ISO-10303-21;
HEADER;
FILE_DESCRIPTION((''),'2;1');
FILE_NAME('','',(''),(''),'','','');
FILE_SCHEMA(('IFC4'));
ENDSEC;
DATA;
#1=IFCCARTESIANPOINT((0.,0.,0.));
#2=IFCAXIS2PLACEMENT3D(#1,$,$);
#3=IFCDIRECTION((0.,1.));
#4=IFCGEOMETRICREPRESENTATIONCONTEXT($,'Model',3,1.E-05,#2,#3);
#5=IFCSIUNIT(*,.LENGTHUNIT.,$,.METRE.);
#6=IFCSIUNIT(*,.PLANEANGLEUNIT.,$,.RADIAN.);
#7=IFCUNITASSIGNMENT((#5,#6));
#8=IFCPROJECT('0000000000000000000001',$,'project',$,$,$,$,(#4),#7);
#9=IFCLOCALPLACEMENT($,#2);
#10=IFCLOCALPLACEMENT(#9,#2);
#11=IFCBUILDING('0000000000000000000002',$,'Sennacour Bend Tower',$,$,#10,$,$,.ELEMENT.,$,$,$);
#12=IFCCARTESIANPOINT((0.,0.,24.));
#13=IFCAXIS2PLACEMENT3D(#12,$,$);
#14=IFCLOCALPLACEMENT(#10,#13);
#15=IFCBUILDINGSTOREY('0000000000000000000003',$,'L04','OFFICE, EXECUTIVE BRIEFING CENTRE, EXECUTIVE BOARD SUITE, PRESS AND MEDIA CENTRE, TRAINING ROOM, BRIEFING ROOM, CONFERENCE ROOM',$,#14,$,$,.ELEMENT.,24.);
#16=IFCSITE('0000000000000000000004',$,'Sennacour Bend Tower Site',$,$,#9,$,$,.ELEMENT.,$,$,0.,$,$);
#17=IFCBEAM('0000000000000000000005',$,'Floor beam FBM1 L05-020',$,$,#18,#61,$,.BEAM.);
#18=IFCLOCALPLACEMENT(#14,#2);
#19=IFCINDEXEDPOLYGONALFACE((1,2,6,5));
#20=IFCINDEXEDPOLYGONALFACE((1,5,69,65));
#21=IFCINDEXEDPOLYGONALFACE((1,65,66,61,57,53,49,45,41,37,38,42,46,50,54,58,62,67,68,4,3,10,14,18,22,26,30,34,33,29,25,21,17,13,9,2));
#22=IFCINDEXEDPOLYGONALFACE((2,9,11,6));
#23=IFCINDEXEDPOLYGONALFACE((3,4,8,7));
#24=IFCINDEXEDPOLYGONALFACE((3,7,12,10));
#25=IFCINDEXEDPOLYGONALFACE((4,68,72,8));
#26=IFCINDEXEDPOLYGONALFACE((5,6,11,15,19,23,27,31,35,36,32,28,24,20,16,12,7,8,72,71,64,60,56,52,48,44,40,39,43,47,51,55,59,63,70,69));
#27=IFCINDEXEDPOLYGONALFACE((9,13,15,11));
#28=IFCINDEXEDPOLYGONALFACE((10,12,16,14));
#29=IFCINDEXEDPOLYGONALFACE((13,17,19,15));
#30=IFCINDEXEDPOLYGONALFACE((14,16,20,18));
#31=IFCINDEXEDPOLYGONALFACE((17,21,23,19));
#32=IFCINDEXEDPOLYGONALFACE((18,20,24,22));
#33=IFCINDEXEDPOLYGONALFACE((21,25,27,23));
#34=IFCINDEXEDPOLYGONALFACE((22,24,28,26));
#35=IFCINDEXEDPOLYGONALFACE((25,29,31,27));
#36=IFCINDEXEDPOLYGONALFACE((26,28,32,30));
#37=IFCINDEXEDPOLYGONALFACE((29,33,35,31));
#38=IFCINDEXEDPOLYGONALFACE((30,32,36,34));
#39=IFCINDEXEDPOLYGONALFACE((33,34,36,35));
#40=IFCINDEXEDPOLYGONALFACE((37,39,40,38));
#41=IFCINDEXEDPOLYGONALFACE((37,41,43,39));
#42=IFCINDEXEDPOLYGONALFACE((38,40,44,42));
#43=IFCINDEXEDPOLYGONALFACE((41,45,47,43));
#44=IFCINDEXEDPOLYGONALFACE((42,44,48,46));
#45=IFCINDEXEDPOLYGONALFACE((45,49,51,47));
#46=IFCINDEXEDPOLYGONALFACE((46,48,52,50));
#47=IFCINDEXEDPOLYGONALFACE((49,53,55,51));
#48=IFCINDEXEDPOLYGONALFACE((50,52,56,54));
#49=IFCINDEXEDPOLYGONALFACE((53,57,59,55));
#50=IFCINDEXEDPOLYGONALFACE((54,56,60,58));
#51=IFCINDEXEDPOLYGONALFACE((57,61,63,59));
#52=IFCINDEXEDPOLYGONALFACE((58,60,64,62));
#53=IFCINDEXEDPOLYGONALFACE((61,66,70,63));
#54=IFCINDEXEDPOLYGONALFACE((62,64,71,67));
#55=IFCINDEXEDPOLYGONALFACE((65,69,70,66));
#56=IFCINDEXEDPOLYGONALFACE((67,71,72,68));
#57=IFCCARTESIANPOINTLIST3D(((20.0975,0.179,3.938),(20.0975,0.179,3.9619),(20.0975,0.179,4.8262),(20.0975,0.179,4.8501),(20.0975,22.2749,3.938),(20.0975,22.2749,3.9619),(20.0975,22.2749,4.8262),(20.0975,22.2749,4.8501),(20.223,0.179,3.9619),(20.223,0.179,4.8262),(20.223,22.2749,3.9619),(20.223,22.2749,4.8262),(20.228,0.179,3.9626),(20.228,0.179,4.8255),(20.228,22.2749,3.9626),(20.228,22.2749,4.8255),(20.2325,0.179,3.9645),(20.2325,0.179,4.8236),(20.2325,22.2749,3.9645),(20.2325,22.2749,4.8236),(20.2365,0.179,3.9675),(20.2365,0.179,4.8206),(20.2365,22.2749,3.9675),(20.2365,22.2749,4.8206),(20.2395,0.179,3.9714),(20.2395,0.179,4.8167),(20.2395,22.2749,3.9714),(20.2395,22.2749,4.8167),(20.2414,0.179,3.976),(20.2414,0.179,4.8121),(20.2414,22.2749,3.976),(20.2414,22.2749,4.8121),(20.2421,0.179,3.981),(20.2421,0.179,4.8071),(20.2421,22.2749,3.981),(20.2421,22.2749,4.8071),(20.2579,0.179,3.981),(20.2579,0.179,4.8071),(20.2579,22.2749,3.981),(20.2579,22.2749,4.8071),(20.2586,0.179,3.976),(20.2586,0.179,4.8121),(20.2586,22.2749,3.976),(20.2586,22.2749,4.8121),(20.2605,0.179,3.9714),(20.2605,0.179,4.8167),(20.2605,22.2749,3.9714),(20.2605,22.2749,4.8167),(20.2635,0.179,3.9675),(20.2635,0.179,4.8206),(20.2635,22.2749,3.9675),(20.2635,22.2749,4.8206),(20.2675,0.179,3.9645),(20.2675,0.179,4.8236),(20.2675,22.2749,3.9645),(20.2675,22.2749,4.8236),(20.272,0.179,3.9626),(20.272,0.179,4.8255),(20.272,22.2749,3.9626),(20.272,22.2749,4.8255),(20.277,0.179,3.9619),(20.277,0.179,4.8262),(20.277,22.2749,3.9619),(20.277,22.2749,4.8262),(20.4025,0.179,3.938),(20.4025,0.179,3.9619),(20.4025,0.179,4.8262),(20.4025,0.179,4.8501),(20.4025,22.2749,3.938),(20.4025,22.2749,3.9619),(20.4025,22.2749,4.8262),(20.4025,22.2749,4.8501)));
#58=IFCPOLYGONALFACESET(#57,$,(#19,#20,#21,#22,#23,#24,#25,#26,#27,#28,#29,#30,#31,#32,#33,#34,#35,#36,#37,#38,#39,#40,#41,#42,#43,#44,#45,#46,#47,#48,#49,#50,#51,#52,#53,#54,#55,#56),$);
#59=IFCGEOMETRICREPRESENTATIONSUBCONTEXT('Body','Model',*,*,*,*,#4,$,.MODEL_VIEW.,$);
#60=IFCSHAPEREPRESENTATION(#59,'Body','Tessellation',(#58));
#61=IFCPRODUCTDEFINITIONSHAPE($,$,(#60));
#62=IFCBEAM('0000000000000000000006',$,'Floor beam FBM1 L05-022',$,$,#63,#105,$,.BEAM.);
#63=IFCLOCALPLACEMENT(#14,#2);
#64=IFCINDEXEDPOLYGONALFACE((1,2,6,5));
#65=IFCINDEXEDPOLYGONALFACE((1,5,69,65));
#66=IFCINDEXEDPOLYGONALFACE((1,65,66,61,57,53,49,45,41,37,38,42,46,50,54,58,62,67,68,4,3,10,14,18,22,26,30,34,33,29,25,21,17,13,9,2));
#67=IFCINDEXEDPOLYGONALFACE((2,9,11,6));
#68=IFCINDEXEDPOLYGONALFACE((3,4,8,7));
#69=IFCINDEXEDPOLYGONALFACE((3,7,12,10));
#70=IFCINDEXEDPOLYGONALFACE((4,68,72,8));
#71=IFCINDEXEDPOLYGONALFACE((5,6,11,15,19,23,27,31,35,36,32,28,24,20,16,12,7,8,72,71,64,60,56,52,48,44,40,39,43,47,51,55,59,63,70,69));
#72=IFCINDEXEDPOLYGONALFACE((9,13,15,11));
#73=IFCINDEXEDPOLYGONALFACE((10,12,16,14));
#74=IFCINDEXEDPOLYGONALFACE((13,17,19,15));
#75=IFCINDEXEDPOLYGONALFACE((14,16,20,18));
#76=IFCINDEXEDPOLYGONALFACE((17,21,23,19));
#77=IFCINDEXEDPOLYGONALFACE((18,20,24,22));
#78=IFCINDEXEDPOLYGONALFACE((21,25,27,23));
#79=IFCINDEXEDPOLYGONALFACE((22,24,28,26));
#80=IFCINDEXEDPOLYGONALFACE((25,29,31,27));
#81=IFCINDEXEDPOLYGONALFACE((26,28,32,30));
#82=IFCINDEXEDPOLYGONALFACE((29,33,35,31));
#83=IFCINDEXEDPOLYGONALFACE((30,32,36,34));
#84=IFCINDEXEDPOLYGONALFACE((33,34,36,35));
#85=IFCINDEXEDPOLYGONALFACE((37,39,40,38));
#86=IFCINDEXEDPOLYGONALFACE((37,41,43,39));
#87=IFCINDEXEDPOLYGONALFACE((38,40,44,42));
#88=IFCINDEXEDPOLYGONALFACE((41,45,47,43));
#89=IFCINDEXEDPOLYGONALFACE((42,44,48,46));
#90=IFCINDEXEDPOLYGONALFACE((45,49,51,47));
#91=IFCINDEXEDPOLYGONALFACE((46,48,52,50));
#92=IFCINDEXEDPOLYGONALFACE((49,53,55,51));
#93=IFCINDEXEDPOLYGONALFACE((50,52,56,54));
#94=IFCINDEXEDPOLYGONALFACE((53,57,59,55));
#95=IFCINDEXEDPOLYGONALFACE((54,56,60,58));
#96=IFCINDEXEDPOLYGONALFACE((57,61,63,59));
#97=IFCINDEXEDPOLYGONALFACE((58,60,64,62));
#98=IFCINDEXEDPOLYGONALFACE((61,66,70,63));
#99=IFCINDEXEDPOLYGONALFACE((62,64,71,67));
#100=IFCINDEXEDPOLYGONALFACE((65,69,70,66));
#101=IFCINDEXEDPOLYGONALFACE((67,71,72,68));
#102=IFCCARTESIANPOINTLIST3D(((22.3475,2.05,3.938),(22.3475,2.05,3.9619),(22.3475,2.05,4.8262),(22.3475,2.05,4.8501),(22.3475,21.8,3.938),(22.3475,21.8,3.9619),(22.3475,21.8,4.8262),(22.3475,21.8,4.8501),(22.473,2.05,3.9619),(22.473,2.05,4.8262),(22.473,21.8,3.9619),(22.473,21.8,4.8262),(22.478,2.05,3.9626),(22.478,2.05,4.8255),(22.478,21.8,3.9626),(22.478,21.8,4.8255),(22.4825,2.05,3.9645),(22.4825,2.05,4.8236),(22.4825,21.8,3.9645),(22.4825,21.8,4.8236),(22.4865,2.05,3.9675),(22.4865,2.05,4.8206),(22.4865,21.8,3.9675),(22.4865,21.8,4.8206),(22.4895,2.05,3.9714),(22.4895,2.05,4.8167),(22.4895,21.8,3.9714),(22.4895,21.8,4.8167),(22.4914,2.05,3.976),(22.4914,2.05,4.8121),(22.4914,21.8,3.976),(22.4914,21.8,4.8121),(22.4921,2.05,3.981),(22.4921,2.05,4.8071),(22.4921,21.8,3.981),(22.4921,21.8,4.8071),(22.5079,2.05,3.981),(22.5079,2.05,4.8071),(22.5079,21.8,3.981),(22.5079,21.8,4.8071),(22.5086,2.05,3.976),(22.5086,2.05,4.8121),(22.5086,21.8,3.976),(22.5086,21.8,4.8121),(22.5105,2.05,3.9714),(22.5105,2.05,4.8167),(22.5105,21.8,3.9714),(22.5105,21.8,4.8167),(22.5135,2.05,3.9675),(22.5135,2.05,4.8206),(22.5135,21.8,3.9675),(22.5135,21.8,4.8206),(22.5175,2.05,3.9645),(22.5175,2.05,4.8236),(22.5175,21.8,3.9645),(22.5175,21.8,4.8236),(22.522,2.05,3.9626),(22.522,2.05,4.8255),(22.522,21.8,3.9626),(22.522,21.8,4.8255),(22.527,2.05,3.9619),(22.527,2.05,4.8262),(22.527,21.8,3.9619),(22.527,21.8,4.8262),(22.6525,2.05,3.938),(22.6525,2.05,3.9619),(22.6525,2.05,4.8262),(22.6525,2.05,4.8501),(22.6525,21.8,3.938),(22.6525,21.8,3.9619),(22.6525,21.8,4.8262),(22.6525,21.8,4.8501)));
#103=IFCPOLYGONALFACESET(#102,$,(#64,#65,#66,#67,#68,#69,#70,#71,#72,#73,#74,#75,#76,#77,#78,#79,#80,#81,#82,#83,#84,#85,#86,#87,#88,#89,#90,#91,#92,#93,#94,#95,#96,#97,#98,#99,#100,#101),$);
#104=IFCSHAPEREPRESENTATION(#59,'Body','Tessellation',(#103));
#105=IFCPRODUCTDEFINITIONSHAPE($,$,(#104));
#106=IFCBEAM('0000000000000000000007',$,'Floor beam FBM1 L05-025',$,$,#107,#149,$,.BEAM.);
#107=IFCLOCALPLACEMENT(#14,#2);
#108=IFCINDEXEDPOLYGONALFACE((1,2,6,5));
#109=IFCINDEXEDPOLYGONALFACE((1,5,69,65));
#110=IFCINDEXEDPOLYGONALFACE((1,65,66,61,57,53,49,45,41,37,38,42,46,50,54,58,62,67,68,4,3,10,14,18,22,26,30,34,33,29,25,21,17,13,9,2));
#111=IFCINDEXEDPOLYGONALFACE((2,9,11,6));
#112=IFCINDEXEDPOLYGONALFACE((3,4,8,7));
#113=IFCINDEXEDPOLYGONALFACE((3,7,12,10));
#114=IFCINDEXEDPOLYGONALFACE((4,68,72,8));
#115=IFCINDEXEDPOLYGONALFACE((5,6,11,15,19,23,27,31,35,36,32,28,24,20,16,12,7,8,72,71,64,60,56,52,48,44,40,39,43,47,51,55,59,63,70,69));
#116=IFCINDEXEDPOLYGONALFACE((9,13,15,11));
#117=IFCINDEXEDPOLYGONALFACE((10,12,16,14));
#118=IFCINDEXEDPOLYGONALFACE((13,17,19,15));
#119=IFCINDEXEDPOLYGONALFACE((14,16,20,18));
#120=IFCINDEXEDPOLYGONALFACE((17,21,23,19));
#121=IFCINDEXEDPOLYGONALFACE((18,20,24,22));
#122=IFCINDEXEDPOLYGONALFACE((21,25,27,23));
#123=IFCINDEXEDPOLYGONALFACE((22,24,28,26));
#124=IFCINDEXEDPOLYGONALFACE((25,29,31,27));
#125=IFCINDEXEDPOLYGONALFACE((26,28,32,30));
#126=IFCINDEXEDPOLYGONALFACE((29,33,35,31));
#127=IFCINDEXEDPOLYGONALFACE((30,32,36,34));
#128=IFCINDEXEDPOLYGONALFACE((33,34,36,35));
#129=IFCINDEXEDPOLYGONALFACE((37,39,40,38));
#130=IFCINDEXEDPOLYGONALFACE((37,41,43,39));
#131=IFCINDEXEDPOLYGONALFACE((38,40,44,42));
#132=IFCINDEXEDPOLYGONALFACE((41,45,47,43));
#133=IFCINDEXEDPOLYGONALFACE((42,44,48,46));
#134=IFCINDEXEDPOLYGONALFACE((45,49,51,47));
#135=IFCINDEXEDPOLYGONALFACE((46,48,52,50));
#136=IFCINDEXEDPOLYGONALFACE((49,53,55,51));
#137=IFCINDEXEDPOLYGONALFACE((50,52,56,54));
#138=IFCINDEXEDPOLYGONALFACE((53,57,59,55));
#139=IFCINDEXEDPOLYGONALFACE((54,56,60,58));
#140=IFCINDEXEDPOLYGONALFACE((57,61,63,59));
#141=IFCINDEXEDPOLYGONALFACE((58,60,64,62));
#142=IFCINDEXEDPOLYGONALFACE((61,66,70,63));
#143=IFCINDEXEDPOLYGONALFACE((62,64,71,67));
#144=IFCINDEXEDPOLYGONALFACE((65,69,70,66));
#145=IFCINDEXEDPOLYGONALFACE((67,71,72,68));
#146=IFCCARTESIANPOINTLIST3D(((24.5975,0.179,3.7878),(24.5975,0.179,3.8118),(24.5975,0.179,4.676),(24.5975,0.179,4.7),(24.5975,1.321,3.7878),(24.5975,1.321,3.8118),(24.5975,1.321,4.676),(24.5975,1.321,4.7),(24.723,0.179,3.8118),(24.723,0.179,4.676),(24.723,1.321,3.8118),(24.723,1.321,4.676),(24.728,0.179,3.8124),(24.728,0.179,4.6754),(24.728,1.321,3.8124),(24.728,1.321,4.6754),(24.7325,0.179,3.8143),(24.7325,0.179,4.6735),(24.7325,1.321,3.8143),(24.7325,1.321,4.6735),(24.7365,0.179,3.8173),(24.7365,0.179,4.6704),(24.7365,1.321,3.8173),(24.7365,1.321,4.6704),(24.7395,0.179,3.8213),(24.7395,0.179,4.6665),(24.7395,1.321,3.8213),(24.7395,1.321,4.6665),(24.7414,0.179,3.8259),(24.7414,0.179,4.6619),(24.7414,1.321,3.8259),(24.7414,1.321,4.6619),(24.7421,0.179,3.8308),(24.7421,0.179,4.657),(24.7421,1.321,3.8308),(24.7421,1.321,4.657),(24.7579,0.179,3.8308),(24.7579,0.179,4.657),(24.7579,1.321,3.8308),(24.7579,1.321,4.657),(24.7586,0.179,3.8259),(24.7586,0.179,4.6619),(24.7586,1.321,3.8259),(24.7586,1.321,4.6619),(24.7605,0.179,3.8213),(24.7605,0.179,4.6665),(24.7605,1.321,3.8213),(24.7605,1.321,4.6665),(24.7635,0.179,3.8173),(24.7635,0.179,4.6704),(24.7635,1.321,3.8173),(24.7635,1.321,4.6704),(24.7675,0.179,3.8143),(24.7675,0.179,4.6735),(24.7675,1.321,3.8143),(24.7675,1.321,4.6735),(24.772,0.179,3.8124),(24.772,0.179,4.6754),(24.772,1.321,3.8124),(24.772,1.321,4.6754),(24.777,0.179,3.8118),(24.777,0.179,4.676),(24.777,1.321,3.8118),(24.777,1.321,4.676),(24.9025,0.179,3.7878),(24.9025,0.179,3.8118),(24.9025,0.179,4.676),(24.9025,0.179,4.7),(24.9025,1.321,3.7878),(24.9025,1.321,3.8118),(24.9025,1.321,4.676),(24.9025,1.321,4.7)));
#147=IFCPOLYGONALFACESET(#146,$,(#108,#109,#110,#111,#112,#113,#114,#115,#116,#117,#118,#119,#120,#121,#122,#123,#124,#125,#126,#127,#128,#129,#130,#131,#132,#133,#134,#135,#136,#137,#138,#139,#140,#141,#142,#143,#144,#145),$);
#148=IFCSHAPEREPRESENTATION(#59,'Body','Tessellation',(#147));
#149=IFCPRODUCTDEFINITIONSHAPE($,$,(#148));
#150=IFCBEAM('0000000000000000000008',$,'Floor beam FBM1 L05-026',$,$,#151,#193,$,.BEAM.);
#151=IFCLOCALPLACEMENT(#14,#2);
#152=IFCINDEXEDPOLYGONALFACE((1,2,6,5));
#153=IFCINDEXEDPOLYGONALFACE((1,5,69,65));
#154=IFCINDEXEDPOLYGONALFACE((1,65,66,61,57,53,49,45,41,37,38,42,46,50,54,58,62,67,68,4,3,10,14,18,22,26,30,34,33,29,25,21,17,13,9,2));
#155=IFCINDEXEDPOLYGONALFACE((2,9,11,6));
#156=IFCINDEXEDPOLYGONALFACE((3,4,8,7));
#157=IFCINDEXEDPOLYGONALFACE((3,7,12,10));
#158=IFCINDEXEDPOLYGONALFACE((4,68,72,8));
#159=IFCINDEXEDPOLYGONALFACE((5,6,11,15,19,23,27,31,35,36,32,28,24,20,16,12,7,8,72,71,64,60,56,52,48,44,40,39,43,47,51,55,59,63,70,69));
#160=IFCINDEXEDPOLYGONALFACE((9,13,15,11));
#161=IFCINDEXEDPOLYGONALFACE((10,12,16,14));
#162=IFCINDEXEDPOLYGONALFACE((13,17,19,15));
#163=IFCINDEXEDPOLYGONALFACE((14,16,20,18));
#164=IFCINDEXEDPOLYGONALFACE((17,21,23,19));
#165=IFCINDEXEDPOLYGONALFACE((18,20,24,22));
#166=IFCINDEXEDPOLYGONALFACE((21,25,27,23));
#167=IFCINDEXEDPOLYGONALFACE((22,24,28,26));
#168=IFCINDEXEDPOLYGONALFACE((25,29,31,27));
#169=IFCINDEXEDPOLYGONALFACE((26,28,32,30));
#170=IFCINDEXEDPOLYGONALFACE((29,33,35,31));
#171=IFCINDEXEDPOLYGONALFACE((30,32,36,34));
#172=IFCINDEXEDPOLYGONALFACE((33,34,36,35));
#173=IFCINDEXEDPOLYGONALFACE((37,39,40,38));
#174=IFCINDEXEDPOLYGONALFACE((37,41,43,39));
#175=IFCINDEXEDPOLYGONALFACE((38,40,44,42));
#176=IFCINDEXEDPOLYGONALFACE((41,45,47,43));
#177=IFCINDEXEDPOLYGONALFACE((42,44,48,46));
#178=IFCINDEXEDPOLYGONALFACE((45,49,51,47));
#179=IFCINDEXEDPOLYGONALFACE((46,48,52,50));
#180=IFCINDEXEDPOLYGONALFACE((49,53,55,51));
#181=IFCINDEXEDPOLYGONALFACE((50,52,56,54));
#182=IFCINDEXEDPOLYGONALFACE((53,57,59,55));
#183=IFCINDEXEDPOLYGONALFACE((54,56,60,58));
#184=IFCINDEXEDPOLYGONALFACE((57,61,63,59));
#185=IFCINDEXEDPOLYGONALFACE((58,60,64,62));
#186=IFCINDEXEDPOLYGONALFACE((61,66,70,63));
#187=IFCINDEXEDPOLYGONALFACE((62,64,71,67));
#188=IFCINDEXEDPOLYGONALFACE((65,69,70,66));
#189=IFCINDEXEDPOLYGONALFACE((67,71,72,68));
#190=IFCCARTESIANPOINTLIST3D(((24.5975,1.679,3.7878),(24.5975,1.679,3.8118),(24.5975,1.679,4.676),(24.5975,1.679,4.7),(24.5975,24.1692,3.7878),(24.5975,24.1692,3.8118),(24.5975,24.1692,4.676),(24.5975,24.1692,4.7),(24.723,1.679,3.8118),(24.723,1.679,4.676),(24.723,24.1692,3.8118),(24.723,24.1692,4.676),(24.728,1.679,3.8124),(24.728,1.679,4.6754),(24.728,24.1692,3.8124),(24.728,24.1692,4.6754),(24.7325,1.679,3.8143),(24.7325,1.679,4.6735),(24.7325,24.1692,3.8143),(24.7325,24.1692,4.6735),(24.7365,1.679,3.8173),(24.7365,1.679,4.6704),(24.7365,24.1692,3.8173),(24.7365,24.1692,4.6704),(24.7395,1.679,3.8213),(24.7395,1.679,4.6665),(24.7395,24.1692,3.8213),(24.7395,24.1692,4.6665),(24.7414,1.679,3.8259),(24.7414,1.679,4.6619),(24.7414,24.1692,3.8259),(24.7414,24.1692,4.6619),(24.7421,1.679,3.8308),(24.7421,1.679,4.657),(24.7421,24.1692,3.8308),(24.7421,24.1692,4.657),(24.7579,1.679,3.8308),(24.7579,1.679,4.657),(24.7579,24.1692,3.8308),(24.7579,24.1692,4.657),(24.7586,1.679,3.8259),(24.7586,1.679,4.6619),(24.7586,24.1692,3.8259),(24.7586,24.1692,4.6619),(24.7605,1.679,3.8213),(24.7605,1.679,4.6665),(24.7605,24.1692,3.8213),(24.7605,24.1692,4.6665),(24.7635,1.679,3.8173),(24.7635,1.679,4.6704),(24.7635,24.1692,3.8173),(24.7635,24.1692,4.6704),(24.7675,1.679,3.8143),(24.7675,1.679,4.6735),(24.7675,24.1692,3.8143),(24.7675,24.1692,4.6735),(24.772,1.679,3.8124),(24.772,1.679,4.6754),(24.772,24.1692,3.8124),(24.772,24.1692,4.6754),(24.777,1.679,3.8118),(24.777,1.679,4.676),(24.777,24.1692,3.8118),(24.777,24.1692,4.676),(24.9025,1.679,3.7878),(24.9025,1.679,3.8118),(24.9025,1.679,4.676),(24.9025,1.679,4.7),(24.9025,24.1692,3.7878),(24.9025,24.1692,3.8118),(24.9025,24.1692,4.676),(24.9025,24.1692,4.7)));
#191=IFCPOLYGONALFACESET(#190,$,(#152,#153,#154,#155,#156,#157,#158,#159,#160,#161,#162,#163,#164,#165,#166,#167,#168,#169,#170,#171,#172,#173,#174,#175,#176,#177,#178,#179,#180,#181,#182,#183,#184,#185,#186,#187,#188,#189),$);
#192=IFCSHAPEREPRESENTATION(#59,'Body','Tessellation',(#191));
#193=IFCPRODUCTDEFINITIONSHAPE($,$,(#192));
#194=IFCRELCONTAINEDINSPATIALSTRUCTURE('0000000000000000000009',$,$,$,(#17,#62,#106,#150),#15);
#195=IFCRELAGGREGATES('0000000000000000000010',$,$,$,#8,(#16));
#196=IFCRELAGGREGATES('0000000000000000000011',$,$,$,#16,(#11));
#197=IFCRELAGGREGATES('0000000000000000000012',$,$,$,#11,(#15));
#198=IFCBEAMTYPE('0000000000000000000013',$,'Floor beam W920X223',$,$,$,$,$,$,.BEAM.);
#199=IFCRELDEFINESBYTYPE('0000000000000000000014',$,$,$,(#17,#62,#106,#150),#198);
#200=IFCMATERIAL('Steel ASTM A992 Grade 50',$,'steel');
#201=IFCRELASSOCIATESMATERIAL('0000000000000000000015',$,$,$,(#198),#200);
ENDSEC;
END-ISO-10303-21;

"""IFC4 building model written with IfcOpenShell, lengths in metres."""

from ifc_helpers import new_model, si_unit, direction, frame, origin, origin_2d, place, context, subcontext, project, spatial, i_section, extrude, material, material_profile, profile_set, type_object, element, save


model = new_model("IFC4")

# Units and contexts
model_context = context("Model", 3, precision=1e-05, world=origin(), true_north=direction((0.0, 1.0)))
body_context = subcontext(model_context, "Body", "Model", "MODEL_VIEW")
ifc_project = project(units=[si_unit("LENGTHUNIT", "METRE"), si_unit("PLANEANGLEUNIT", "RADIAN")], contexts=[model_context])

# Site, building, storey
site_placement = place(None, origin())
site = spatial("IfcSite", under=ifc_project, at=site_placement, Name="Sennacour Bend Tower Site", CompositionType="ELEMENT", RefElevation=0.0)
building_placement = place(site_placement, origin())
building = spatial("IfcBuilding", under=site, at=building_placement, Name="Sennacour Bend Tower", CompositionType="ELEMENT")
storey_placement = place(building_placement, frame((0.0, 0.0, 24.0)))
storey = spatial("IfcBuildingStorey", under=building, at=storey_placement, Name="L04", Description="OFFICE, EXECUTIVE BRIEFING CENTRE, EXECUTIVE BOARD SUITE, PRESS AND MEDIA CENTRE, TRAINING ROOM, BRIEFING ROOM, CONFERENCE ROOM", CompositionType="ELEMENT", Elevation=24.0)

# Beams
ifc_material_1 = material(Name="Steel ASTM A992 Grade 50", Category="steel")
ifc_material_profile_1 = material_profile(ifc_material_1, i_section(OverallWidth=0.3049, OverallDepth=0.9121, WebThickness=0.0159, FlangeThickness=0.0239, FilletRadius=0.019, at=origin_2d()), Name="Steel ASTM A992 Grade 50", Category="steel")
ifc_profile_set_1 = profile_set([ifc_material_profile_1], Name="Steel ASTM A992 Grade 50")
beam_type_1 = type_object("IfcBeamType", Name="Floor beam W920X223", PredefinedType="BEAM", material=ifc_profile_set_1)
beam_1_placement = place(storey_placement, frame((20.25, 0.179, 4.394), z_axis=(0.0, 1.0, 0.0), x_axis=(-1.0, 0.0, 0.0)))
element("IfcBeam", 1, at=beam_1_placement, inside=storey, type_object=beam_type_1, Name="Floor beam FBM1 L05-020", PredefinedType="BEAM", context=body_context, shape_type="SweptSolid", body=[
    extrude(i_section(OverallWidth=0.3049, OverallDepth=0.9121, WebThickness=0.0159, FlangeThickness=0.0239, FilletRadius=0.019, at=origin_2d()), origin(), (0.0, 0.0, 1.0), 22.0959),
])
beam_2_placement = place(storey_placement, frame((22.5, 2.05, 4.394), z_axis=(0.0, 1.0, 0.0), x_axis=(-1.0, 0.0, 0.0)))
element("IfcBeam", 2, at=beam_2_placement, inside=storey, type_object=beam_type_1, Name="Floor beam FBM1 L05-022", PredefinedType="BEAM", context=body_context, shape_type="SweptSolid", body=[
    extrude(i_section(OverallWidth=0.3049, OverallDepth=0.9121, WebThickness=0.0159, FlangeThickness=0.0239, FilletRadius=0.019, at=origin_2d()), origin(), (0.0, 0.0, 1.0), 19.75),
])
beam_3_placement = place(storey_placement, frame((24.75, 0.179, 4.2439), z_axis=(0.0, 1.0, 0.0), x_axis=(-1.0, 0.0, 0.0)))
element("IfcBeam", 3, at=beam_3_placement, inside=storey, type_object=beam_type_1, Name="Floor beam FBM1 L05-025", PredefinedType="BEAM", context=body_context, shape_type="SweptSolid", body=[
    extrude(i_section(OverallWidth=0.3049, OverallDepth=0.9121, WebThickness=0.0159, FlangeThickness=0.0239, FilletRadius=0.019, at=origin_2d()), origin(), (0.0, 0.0, 1.0), 1.1421),
])
beam_4_placement = place(storey_placement, frame((24.75, 1.679, 4.2439), z_axis=(0.0, 1.0, 0.0), x_axis=(-1.0, 0.0, 0.0)))
element("IfcBeam", 4, at=beam_4_placement, inside=storey, type_object=beam_type_1, Name="Floor beam FBM1 L05-026", PredefinedType="BEAM", context=body_context, shape_type="SweptSolid", body=[
    extrude(i_section(OverallWidth=0.3049, OverallDepth=0.9121, WebThickness=0.0159, FlangeThickness=0.0239, FilletRadius=0.019, at=origin_2d()), origin(), (0.0, 0.0, 1.0), 22.4902),
])

save(model, "model.ifc")
